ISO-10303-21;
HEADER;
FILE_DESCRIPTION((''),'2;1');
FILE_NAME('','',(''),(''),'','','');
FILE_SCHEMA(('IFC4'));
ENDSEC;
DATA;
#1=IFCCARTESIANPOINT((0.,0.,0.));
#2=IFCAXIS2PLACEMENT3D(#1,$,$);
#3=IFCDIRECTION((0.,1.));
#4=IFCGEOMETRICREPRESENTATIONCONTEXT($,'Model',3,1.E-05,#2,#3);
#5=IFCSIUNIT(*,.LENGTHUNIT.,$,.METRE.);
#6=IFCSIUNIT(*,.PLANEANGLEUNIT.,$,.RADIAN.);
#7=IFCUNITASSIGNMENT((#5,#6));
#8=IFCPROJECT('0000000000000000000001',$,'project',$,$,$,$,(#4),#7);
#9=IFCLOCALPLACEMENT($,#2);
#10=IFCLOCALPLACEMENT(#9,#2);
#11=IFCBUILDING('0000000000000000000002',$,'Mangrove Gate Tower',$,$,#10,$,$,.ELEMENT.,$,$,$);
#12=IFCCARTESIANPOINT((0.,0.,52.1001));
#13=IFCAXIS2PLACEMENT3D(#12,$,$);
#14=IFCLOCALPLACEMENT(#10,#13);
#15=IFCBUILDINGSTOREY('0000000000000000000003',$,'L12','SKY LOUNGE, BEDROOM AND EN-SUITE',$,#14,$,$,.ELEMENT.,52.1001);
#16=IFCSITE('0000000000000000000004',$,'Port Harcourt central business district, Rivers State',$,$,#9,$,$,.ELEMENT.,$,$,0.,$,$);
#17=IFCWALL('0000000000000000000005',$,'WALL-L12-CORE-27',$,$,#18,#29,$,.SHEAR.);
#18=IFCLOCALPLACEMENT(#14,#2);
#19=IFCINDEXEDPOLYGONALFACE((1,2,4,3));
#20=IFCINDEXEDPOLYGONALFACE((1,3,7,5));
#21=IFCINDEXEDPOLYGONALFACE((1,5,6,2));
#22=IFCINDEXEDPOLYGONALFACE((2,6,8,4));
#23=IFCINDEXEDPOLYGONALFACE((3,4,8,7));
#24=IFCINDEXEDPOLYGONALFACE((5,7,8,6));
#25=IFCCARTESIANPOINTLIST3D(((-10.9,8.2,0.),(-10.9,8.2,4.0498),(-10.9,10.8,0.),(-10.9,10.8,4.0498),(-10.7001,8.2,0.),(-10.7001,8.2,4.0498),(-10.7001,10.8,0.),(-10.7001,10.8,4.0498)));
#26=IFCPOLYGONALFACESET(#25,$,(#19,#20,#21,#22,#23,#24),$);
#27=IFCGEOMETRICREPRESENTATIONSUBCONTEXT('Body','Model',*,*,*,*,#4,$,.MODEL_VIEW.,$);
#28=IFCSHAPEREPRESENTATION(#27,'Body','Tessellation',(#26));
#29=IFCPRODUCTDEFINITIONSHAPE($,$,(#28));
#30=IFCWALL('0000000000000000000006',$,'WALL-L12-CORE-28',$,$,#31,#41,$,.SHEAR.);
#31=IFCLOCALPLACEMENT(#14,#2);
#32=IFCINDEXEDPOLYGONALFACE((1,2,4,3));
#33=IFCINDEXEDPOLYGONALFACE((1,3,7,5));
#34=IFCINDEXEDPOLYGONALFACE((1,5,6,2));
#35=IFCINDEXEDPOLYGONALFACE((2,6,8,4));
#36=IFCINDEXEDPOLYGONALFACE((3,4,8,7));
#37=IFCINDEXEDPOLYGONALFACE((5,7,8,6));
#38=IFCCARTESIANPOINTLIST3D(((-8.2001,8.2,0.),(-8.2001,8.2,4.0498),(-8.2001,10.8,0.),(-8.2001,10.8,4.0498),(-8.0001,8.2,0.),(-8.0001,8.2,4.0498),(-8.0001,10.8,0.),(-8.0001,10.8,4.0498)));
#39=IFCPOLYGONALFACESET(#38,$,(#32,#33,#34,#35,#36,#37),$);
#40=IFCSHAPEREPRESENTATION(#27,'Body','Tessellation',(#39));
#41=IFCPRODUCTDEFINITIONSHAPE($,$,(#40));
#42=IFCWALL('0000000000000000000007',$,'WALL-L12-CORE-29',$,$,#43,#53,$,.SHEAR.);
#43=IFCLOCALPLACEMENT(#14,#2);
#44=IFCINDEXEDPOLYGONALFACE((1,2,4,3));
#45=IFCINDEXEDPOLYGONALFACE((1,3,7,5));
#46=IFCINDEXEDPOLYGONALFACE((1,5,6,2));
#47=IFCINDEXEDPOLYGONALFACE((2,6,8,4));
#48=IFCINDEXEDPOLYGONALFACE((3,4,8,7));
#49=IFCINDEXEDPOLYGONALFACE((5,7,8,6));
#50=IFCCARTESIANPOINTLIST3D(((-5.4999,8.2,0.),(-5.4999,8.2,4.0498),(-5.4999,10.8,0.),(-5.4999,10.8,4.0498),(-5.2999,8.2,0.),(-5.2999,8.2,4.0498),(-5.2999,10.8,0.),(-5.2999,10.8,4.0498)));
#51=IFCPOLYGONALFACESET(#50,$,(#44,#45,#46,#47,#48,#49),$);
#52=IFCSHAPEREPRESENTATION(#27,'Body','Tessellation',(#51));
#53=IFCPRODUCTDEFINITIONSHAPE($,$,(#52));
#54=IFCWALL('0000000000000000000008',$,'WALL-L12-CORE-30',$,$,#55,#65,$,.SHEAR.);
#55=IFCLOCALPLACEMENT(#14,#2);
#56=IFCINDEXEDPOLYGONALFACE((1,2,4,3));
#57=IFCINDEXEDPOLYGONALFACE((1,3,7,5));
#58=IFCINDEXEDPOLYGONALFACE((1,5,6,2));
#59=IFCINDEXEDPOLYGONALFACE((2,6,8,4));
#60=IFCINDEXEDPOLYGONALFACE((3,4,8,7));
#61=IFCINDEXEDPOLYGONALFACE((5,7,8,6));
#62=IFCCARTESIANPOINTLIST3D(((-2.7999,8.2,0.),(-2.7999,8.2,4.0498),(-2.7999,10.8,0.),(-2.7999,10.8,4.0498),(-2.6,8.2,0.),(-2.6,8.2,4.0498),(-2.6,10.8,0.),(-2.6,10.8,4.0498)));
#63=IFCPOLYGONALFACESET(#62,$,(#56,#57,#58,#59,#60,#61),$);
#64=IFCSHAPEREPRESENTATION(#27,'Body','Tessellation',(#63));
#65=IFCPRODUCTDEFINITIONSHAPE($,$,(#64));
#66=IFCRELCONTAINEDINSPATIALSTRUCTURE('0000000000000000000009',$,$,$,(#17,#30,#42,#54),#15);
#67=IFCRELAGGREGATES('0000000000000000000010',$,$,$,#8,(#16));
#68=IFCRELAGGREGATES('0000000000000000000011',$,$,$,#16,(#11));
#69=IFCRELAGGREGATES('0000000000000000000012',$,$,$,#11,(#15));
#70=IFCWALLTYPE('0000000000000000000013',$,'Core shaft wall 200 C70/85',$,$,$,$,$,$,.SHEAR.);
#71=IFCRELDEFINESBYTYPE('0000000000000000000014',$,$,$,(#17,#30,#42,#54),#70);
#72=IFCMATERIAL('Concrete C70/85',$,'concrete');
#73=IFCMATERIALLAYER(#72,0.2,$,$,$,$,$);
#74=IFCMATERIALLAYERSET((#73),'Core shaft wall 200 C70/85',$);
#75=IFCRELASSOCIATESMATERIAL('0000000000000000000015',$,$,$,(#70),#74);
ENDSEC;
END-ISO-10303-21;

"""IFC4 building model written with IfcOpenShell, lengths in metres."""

from ifc_helpers import new_model, si_unit, direction, frame, frame_2d, origin, place, context, subcontext, project, spatial, rectangle, extrude, material, layer, layer_set, type_object, element, save


model = new_model("IFC4")

# Units and contexts
model_context = context("Model", 3, precision=1e-05, world=origin(), true_north=direction((0.0, 1.0)))
body_context = subcontext(model_context, "Body", "Model", "MODEL_VIEW")
ifc_project = project(units=[si_unit("LENGTHUNIT", "METRE"), si_unit("PLANEANGLEUNIT", "RADIAN")], contexts=[model_context])

# Site, building, storey
site_placement = place(None, origin())
site = spatial("IfcSite", under=ifc_project, at=site_placement, Name="Port Harcourt central business district, Rivers State", CompositionType="ELEMENT", RefElevation=0.0)
building_placement = place(site_placement, origin())
building = spatial("IfcBuilding", under=site, at=building_placement, Name="Mangrove Gate Tower", CompositionType="ELEMENT")
storey_placement = place(building_placement, frame((0.0, 0.0, 52.1001)))
storey = spatial("IfcBuildingStorey", under=building, at=storey_placement, Name="L12", Description="SKY LOUNGE, BEDROOM AND EN-SUITE", CompositionType="ELEMENT", Elevation=52.1001)

# Shared definitions
ifc_material_1 = material(Name="Concrete C70/85", Category="concrete")
ifc_layer = layer(ifc_material_1, 0.2)
ifc_layer_set = layer_set([ifc_layer], Name="Core shaft wall 200 C70/85")
wall_type = type_object("IfcWallType", Name="Core shaft wall 200 C70/85", PredefinedType="SHEAR", material=ifc_layer_set)

# Walls
for number, where, z_axis, x_axis, name in (
    (1, (-10.8, 8.2, 0.0), (0.0, 0.0, 1.0), (0.0, 1.0, 0.0), "WALL-L12-CORE-27"),
    (2, (-8.1001, 8.2, 0.0), (0.0, 0.0, 1.0), (0.0, 1.0, 0.0), "WALL-L12-CORE-28"),
    (3, (-5.3999, 8.2, 0.0), (0.0, 0.0, 1.0), (0.0, 1.0, 0.0), "WALL-L12-CORE-29"),
    (4, (-2.7, 8.2, 0.0), (0.0, 0.0, 1.0), (0.0, 1.0, 0.0), "WALL-L12-CORE-30"),
):
    element("IfcWall", number, at=place(storey_placement, frame(where, z_axis=z_axis, x_axis=x_axis)), inside=storey, type_object=wall_type, Name=name, PredefinedType="SHEAR", context=body_context, shape_type="SweptSolid", body=[
        extrude(rectangle(XDim=2.6001, YDim=0.2, at=frame_2d((1.3, 0.0))), origin(), (0.0, 0.0, 1.0), 4.0498),
    ])

save(model, "model.ifc")
